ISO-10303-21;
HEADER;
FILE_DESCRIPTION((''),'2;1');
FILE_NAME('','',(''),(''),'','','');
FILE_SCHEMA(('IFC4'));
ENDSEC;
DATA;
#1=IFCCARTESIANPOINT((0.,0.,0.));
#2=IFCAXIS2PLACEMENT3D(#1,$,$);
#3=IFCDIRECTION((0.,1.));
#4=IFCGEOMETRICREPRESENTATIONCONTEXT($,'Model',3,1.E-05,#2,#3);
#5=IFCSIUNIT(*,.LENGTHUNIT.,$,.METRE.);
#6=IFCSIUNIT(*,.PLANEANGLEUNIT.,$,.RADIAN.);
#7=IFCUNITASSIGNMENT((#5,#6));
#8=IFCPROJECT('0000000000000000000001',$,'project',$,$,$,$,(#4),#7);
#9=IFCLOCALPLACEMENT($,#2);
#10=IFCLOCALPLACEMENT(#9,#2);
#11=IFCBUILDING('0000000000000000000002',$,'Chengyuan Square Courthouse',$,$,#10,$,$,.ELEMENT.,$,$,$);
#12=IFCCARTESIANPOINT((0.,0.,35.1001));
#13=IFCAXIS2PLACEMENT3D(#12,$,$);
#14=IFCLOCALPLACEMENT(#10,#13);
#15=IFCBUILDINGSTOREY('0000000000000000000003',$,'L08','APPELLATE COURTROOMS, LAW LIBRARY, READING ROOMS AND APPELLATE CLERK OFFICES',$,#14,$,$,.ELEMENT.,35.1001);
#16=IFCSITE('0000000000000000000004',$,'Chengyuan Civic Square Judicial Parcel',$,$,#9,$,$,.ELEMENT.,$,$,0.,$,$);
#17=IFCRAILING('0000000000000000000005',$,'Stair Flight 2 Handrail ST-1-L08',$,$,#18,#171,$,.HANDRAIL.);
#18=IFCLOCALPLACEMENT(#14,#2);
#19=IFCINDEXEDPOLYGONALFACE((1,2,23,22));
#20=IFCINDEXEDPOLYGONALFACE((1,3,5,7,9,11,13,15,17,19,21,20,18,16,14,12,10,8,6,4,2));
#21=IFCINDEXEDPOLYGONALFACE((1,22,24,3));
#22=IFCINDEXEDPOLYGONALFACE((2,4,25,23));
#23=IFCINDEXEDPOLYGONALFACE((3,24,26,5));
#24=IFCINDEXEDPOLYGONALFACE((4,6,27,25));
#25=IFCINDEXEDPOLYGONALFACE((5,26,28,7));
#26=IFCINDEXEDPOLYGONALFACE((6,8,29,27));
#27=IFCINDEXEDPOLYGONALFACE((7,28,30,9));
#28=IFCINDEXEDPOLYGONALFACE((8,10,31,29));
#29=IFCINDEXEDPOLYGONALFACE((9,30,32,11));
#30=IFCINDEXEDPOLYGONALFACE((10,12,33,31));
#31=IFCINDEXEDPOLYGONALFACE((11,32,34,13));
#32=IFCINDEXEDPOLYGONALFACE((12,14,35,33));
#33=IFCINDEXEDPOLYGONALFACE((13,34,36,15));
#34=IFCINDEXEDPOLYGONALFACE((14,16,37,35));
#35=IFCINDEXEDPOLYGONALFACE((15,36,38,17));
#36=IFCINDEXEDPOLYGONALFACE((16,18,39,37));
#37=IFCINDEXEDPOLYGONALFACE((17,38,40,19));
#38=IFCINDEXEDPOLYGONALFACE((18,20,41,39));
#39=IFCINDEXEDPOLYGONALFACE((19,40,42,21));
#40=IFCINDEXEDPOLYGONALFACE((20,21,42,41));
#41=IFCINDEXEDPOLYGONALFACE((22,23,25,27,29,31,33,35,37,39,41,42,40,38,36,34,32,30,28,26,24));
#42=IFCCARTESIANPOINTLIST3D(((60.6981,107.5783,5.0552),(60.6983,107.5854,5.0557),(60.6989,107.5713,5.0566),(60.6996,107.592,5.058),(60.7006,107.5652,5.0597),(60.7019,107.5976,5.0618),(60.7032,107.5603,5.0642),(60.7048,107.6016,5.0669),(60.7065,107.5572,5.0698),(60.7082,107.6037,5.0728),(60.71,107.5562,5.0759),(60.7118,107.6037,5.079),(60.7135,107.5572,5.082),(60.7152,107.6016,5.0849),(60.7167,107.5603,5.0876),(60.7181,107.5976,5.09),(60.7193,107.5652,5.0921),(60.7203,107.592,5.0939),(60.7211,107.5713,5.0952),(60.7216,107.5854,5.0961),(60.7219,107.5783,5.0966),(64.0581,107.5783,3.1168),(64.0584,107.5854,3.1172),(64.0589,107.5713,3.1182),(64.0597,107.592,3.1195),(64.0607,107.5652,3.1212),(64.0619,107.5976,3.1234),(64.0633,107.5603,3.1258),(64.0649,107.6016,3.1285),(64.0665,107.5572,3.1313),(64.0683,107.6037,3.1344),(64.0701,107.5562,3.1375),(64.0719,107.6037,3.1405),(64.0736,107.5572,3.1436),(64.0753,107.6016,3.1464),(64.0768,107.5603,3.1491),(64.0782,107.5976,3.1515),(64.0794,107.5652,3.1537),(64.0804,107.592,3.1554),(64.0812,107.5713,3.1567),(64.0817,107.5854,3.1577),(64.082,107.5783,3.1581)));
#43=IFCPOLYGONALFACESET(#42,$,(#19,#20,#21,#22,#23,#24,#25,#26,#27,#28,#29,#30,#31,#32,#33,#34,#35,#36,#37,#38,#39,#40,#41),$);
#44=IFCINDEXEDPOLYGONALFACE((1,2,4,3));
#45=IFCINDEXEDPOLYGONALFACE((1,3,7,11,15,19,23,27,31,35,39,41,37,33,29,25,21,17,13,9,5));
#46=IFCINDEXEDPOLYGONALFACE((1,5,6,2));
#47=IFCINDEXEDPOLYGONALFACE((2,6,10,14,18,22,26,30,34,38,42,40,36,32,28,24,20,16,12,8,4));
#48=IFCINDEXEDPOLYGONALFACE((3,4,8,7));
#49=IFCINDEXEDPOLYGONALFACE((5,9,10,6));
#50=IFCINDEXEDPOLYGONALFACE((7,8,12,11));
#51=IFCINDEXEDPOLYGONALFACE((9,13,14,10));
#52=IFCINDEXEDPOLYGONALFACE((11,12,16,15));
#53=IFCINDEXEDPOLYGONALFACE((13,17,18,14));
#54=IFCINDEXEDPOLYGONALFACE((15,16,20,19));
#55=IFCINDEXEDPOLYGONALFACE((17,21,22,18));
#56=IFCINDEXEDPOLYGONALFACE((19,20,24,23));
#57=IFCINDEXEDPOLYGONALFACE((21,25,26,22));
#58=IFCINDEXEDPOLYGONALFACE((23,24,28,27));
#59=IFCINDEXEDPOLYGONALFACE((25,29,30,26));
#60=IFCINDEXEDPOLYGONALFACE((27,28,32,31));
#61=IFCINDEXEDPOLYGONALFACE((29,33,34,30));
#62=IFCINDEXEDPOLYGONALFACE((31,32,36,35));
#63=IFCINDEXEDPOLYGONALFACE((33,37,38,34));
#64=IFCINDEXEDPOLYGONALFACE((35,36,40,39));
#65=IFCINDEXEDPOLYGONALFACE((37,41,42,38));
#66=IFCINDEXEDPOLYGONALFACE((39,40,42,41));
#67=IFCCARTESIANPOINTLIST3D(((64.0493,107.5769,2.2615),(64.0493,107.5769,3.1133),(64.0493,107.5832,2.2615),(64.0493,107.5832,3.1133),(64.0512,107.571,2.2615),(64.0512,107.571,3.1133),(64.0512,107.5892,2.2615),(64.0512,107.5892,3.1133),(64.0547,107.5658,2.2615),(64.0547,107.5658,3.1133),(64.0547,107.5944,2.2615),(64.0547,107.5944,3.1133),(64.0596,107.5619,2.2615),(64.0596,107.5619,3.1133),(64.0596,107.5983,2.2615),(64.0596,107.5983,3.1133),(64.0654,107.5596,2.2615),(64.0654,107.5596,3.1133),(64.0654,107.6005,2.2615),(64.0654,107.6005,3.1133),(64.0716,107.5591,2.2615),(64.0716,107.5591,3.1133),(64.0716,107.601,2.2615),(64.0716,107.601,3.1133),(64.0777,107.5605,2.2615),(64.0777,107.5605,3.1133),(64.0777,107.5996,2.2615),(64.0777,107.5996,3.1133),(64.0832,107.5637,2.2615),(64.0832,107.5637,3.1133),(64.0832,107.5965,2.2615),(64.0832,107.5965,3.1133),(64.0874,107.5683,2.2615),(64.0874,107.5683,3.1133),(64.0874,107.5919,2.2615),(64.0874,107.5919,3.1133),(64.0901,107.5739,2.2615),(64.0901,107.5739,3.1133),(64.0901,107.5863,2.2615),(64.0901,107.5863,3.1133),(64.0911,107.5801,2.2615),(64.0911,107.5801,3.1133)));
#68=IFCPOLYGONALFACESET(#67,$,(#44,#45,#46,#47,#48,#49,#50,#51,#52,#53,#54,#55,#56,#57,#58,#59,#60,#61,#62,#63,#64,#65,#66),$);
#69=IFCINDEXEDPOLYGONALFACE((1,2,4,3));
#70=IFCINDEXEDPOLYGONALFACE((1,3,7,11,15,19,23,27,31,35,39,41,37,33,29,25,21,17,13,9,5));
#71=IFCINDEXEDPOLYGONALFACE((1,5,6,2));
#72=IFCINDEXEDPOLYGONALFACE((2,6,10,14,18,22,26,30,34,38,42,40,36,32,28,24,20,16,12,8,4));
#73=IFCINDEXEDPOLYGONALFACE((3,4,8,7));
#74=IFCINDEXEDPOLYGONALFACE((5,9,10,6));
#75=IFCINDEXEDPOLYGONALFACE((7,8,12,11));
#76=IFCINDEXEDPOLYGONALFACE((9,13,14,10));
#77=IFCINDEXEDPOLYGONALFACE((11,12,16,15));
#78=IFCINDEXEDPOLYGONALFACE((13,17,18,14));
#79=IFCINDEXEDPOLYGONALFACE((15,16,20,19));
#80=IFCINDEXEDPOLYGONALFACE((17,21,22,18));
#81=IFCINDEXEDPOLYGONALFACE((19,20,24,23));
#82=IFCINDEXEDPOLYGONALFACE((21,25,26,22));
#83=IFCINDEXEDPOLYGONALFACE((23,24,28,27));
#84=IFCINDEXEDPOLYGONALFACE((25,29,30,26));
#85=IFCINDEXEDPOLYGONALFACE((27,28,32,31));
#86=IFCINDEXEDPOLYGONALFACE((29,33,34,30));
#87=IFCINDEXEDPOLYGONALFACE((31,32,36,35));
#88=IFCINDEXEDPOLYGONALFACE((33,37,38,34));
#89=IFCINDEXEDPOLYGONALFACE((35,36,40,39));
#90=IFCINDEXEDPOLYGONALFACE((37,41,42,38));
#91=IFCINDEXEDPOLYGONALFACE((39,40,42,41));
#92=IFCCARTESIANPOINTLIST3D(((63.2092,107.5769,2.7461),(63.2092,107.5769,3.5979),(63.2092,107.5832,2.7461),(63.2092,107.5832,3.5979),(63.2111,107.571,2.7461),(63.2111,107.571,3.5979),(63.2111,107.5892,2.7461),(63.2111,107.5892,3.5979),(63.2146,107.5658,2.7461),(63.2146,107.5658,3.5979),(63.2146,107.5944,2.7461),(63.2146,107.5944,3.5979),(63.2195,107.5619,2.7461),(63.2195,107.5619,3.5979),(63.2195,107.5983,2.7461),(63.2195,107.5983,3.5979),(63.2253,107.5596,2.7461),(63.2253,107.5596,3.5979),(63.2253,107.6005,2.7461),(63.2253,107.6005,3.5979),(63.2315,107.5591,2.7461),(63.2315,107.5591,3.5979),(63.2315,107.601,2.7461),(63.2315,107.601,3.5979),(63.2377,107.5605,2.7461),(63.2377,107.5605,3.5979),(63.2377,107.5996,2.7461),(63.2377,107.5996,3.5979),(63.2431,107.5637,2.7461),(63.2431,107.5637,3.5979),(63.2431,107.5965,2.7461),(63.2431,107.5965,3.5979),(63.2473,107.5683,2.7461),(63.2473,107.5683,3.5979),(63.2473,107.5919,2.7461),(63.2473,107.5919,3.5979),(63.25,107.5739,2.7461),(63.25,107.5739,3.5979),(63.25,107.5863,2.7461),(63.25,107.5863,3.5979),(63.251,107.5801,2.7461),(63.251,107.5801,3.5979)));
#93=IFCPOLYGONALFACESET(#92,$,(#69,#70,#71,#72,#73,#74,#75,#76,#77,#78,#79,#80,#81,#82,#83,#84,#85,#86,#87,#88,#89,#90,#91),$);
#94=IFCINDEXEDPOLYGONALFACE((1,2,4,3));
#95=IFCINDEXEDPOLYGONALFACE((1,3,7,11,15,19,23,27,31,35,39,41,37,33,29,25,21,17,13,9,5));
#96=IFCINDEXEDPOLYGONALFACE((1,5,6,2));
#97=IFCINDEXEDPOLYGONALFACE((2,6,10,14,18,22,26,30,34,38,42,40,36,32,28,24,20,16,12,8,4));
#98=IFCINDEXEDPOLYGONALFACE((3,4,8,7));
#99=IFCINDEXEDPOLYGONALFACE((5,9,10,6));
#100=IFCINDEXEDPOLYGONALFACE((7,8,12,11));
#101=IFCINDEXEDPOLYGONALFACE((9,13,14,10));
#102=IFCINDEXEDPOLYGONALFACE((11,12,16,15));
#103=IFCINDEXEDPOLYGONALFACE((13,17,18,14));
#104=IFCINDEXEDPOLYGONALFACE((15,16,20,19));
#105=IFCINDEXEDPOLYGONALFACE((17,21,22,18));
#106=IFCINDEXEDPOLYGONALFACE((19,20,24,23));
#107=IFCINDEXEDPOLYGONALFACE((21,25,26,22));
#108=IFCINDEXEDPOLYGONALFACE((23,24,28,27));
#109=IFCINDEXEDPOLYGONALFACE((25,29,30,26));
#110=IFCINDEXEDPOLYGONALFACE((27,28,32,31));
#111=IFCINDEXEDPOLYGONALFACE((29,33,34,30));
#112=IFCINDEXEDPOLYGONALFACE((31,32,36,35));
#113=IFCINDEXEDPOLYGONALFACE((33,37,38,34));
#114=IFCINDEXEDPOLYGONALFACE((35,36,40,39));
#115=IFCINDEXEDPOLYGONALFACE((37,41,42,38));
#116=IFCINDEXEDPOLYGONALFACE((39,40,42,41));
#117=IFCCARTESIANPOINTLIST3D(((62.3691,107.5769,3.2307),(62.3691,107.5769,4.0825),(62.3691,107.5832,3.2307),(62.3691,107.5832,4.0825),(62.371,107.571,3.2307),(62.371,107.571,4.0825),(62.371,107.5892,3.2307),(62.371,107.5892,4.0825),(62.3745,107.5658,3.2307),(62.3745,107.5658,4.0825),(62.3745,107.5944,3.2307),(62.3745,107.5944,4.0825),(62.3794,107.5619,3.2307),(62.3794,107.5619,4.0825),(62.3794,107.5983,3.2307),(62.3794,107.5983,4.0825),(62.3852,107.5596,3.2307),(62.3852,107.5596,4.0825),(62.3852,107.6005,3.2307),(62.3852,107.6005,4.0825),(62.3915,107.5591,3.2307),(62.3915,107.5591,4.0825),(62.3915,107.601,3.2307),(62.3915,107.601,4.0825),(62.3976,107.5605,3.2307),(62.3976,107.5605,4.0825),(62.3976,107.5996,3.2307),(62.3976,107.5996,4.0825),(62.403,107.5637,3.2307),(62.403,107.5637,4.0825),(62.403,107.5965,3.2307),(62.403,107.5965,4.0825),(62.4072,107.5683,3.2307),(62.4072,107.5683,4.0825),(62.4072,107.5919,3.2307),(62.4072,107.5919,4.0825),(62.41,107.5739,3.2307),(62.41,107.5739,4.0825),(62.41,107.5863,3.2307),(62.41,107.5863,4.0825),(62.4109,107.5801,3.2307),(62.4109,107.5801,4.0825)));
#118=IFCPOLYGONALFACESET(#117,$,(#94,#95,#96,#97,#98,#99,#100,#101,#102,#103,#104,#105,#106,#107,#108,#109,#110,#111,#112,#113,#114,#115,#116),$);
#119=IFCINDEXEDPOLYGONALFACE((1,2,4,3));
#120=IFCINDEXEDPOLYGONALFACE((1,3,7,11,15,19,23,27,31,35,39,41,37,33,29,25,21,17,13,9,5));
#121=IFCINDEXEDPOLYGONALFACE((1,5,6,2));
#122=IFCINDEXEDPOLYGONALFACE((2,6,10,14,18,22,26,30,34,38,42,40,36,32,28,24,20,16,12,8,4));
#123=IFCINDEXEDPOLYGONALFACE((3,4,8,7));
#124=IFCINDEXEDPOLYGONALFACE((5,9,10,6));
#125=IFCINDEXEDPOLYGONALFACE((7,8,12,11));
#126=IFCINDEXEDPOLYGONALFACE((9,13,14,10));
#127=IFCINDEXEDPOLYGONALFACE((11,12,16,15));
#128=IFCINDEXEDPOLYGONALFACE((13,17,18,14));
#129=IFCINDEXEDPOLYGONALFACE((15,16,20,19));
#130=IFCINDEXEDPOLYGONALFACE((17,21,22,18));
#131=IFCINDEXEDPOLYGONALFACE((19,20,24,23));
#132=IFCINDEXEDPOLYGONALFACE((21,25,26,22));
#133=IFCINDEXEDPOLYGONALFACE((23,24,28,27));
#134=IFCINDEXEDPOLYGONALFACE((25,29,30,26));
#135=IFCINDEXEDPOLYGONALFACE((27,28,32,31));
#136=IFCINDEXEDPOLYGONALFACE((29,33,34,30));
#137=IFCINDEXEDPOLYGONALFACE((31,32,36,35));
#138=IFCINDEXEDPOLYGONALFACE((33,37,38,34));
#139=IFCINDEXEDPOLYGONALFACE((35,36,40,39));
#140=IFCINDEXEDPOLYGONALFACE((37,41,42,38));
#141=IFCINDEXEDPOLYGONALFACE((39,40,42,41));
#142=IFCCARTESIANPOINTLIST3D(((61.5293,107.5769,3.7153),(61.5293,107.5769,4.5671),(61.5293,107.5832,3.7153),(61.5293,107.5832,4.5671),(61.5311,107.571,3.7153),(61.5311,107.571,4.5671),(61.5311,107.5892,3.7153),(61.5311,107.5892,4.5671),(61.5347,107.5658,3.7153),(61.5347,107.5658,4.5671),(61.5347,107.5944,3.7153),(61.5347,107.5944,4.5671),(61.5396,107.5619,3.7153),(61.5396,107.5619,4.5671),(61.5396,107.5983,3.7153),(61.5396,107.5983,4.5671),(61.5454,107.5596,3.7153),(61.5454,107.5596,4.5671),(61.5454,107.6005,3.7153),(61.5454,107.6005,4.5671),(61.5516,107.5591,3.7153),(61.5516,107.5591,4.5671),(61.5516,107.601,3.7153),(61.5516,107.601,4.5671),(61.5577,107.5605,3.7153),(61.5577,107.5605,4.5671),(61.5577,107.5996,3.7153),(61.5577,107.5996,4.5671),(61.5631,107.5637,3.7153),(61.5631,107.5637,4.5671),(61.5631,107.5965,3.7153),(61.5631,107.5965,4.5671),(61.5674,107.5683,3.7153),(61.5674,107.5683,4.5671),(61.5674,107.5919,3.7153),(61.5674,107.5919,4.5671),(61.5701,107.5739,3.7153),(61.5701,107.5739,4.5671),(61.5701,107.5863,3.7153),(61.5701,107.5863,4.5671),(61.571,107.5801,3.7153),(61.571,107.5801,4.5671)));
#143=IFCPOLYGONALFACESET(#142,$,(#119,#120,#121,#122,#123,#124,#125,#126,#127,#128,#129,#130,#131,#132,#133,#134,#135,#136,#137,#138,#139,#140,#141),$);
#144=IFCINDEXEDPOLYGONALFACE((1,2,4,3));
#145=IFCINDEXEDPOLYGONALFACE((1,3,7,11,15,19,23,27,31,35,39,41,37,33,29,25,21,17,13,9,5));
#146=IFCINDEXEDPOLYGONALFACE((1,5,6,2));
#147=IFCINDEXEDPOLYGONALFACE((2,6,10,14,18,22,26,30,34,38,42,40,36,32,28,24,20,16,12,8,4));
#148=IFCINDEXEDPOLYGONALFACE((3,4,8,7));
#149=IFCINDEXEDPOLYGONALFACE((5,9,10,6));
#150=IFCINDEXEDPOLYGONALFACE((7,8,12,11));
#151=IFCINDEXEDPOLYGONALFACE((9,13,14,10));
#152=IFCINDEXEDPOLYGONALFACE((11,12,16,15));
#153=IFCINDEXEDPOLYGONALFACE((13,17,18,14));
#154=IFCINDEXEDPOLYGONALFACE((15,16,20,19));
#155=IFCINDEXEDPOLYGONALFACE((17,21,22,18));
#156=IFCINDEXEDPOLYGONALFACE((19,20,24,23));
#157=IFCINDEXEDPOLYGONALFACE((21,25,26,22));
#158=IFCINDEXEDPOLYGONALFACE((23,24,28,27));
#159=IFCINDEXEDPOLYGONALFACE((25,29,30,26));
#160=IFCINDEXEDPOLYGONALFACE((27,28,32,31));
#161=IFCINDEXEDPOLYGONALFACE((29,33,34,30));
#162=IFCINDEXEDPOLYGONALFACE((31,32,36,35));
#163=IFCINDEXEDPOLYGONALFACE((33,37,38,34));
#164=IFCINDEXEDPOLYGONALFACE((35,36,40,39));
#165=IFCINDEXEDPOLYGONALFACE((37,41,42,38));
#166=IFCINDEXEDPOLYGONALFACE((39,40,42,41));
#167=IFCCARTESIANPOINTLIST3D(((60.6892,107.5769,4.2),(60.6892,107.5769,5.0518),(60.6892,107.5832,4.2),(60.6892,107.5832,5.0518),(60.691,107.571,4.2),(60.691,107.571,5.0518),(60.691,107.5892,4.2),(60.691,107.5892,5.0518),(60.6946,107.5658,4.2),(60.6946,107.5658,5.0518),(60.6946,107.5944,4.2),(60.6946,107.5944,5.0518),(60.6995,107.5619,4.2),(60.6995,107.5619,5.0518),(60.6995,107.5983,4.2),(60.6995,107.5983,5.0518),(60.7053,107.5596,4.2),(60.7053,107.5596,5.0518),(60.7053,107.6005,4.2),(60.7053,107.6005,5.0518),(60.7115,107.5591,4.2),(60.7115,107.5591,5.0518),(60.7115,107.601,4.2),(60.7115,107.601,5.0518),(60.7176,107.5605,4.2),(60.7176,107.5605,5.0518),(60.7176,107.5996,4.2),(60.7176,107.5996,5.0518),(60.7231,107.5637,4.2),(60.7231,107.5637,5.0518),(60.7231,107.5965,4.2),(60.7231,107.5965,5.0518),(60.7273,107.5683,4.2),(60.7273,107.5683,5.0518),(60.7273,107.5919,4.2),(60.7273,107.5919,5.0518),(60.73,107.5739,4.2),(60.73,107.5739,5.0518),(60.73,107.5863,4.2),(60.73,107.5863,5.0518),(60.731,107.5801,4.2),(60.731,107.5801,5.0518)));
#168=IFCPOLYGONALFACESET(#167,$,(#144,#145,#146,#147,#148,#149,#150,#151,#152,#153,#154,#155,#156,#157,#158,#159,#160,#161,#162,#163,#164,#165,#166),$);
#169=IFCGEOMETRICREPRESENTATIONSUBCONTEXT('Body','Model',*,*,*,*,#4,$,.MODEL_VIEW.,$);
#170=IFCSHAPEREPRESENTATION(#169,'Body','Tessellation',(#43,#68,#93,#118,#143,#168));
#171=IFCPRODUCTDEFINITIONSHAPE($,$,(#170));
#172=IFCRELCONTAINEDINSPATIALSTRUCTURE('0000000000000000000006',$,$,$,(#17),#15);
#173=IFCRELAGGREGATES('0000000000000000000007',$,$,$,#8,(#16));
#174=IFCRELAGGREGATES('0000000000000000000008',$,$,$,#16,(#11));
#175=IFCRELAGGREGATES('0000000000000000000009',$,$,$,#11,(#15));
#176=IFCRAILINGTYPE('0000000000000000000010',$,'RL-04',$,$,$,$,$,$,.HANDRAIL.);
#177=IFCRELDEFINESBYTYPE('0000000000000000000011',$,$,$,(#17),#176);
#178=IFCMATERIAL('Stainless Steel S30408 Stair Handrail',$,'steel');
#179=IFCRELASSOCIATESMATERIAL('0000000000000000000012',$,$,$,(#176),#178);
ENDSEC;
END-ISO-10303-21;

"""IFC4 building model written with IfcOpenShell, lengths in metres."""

from ifc_helpers import new_model, si_unit, direction, frame, origin, origin_2d, place, context, subcontext, project, spatial, circle, extrude, material, type_object, element, save


model = new_model("IFC4")

# Units and contexts
model_context = context("Model", 3, precision=1e-05, world=origin(), true_north=direction((0.0, 1.0)))
body_context = subcontext(model_context, "Body", "Model", "MODEL_VIEW")
ifc_project = project(units=[si_unit("LENGTHUNIT", "METRE"), si_unit("PLANEANGLEUNIT", "RADIAN")], contexts=[model_context])

# Site, building, storey
site_placement = place(None, origin())
site = spatial("IfcSite", under=ifc_project, at=site_placement, Name="Chengyuan Civic Square Judicial Parcel", CompositionType="ELEMENT", RefElevation=0.0)
building_placement = place(site_placement, origin())
building = spatial("IfcBuilding", under=site, at=building_placement, Name="Chengyuan Square Courthouse", CompositionType="ELEMENT")
storey_placement = place(building_placement, frame((0.0, 0.0, 35.1001)))
storey = spatial("IfcBuildingStorey", under=building, at=storey_placement, Name="L08", Description="APPELLATE COURTROOMS, LAW LIBRARY, READING ROOMS AND APPELLATE CLERK OFFICES", CompositionType="ELEMENT", Elevation=35.1001)

# Railing
ifc_material_1 = material(Name="Stainless Steel S30408 Stair Handrail", Category="steel")
railing_type_1 = type_object("IfcRailingType", Name="RL-04", PredefinedType="HANDRAIL", material=ifc_material_1)
railing_1_placement = place(storey_placement, frame((64.0701, 107.5801, 2.2615)))
element("IfcRailing", 1, at=railing_1_placement, inside=storey, type_object=railing_type_1, Name="Stair Flight 2 Handrail ST-1-L08", PredefinedType="HANDRAIL", context=body_context, shape_type="SweptSolid", body=[
    extrude(circle(Radius=0.0239, at=origin_2d()), frame((0.0, 0.0, 0.876), z_axis=(-0.866191, 0.0, 0.499713), x_axis=(0.0, -1.0, 0.0)), (0.0, 0.0, 1.0), 3.8792),
    extrude(circle(Radius=0.021, at=origin_2d()), origin(), (0.0, 0.0, 1.0), 0.8518),
    extrude(circle(Radius=0.021, at=origin_2d()), frame((-0.8401, 0.0, 0.4846)), (0.0, 0.0, 1.0), 0.8518),
    extrude(circle(Radius=0.021, at=origin_2d()), frame((-1.6802, 0.0, 0.9692)), (0.0, 0.0, 1.0), 0.8518),
    extrude(circle(Radius=0.021, at=origin_2d()), frame((-2.52, 0.0, 1.4539)), (0.0, 0.0, 1.0), 0.8518),
    extrude(circle(Radius=0.021, at=origin_2d()), frame((-3.3601, 0.0, 1.9385)), (0.0, 0.0, 1.0), 0.8518),
])

save(model, "model.ifc")
